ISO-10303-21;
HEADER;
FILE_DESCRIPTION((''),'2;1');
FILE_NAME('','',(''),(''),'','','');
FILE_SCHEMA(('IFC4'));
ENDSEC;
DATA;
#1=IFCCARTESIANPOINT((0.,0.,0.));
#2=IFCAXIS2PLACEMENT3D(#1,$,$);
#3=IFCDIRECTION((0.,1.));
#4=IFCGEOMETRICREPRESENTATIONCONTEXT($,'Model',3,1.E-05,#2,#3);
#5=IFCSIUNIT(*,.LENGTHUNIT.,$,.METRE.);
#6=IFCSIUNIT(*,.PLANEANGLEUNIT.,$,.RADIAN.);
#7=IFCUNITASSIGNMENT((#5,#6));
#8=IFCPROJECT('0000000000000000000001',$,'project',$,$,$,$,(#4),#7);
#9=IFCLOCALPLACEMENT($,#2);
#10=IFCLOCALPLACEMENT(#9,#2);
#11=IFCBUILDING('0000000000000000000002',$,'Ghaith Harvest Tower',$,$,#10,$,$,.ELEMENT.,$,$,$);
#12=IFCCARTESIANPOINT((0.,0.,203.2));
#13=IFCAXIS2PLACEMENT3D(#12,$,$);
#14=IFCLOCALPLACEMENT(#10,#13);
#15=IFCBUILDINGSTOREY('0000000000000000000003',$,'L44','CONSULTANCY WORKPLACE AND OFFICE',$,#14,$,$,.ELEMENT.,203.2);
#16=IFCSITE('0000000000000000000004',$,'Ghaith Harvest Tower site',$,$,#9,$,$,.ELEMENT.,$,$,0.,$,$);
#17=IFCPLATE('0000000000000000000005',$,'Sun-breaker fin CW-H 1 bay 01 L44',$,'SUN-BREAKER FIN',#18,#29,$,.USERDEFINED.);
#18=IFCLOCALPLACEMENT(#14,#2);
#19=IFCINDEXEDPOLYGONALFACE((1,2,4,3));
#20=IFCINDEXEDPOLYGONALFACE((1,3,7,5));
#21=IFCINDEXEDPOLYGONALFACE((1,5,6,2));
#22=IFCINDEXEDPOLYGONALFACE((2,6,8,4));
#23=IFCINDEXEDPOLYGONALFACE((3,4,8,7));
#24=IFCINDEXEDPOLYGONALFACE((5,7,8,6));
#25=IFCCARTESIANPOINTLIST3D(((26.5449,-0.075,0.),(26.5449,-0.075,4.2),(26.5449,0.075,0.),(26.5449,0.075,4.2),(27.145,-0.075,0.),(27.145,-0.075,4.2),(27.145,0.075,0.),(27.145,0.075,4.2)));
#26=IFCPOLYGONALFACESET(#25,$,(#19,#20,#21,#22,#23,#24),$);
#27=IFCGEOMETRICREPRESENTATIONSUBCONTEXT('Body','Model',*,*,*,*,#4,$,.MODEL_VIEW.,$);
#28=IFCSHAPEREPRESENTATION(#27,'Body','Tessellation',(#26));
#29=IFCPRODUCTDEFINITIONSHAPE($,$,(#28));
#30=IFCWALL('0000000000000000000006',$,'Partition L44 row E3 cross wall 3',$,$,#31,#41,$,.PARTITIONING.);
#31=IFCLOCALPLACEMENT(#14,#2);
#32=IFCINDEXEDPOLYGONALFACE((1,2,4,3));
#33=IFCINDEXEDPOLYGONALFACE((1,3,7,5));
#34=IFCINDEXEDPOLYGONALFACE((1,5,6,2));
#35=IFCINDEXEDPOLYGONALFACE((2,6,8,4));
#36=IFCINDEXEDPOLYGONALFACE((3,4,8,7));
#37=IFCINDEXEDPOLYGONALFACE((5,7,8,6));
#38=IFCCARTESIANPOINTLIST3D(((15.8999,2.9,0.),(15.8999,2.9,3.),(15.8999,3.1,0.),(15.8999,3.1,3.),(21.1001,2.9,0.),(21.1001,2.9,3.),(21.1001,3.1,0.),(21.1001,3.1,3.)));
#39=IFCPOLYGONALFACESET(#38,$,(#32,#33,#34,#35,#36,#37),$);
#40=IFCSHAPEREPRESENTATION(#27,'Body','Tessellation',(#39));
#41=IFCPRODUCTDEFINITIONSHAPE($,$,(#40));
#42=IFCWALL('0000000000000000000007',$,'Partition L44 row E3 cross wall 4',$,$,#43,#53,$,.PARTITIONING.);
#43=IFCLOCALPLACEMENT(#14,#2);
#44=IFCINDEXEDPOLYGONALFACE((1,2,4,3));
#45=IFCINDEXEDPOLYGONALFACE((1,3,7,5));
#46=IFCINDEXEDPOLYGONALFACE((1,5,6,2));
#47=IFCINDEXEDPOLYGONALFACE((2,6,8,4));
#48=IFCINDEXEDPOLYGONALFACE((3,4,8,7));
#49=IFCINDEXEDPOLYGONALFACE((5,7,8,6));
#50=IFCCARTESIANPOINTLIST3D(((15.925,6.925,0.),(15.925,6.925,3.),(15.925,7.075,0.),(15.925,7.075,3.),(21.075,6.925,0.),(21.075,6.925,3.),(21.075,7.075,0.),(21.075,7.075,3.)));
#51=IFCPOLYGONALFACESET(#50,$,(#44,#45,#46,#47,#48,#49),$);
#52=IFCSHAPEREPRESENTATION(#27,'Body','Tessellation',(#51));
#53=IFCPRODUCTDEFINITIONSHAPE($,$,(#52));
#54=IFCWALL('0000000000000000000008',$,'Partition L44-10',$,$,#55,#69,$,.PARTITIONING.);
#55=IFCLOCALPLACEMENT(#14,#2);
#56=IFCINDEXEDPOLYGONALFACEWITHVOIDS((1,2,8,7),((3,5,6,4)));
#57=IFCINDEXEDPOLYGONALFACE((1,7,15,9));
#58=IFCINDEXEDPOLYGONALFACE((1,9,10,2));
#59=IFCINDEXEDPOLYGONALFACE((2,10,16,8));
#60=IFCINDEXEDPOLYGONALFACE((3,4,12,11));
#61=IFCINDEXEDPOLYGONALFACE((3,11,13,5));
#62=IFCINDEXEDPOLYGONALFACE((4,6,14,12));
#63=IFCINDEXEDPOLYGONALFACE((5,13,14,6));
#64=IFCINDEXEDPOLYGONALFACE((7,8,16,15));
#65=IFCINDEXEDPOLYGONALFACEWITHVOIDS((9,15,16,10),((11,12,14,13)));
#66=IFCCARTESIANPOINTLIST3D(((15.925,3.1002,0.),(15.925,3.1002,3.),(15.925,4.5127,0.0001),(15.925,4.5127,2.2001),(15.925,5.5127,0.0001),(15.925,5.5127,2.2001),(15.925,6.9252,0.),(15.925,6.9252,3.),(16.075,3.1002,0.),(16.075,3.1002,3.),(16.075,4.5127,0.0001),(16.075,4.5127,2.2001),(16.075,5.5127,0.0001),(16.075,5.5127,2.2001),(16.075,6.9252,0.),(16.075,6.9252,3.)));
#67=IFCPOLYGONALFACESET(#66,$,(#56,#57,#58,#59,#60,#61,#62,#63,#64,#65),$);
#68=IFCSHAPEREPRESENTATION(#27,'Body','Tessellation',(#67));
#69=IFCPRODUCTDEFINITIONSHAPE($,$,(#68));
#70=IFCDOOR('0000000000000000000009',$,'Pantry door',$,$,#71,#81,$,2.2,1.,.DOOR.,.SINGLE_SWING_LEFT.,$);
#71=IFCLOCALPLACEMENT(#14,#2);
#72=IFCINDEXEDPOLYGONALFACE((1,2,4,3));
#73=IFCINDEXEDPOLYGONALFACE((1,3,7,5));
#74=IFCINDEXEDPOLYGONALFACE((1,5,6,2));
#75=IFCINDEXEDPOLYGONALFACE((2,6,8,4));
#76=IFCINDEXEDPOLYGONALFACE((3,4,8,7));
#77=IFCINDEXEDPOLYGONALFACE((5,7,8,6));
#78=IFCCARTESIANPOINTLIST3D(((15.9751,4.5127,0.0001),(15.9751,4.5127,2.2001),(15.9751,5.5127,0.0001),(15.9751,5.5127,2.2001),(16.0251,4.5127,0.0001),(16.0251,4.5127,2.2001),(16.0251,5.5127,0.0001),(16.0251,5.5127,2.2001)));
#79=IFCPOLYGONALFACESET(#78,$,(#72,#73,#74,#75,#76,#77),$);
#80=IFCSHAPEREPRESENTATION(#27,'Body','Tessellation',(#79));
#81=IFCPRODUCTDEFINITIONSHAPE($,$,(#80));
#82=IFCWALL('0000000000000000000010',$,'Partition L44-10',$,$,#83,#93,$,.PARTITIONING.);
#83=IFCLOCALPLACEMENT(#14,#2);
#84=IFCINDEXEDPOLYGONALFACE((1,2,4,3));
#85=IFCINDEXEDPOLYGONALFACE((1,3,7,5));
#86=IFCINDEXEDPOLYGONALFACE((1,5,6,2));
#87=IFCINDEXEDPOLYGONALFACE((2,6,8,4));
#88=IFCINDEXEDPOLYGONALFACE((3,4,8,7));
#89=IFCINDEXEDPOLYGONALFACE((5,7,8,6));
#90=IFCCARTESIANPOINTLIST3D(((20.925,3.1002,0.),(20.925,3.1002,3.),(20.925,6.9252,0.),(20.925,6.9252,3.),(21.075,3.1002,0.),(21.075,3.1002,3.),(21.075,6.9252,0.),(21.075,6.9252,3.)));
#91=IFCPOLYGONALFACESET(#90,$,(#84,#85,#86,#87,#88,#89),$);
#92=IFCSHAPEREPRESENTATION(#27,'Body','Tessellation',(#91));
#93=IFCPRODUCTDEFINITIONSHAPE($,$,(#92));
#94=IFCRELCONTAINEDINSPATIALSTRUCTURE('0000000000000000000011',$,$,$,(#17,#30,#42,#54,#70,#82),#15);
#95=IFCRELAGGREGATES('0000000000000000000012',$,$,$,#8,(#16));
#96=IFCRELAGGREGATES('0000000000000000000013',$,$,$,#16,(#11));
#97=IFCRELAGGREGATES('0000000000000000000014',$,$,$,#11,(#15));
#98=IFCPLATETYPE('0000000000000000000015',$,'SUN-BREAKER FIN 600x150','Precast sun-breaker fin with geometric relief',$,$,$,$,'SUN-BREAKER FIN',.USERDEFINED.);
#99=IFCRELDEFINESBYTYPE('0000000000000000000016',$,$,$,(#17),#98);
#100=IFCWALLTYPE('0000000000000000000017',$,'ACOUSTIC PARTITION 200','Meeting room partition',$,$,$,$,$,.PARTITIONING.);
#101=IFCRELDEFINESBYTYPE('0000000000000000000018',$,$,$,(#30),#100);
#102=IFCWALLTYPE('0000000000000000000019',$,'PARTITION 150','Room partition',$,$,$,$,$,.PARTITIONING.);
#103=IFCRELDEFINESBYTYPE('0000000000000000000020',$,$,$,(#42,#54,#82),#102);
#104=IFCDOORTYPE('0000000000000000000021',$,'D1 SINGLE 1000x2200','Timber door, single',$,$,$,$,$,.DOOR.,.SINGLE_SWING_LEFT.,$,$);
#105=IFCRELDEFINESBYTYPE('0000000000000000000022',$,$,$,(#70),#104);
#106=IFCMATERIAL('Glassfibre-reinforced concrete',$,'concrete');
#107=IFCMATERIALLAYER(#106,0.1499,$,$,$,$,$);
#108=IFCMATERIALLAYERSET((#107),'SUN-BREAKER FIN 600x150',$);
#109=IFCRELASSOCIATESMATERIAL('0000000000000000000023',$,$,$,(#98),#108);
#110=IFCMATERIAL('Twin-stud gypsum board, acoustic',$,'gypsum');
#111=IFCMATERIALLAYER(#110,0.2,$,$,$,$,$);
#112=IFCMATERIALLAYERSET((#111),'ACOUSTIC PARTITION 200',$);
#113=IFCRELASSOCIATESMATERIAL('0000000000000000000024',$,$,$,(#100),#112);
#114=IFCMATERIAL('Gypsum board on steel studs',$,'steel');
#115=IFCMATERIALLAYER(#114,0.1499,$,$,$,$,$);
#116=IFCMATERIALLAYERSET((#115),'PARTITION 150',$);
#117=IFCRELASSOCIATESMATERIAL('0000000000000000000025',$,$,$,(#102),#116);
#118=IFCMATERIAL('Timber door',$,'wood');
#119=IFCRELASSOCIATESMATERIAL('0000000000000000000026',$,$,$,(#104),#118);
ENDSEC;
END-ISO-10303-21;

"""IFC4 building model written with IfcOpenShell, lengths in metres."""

from ifc_helpers import new_model, si_unit, direction, frame, frame_2d, origin, origin_2d, place, context, subcontext, project, spatial, rectangle, extrude, material, layer, layer_set, type_object, element, fill, save


model = new_model("IFC4")

# Units and contexts
model_context = context("Model", 3, precision=1e-05, world=origin(), true_north=direction((0.0, 1.0)))
body_context = subcontext(model_context, "Body", "Model", "MODEL_VIEW")
ifc_project = project(units=[si_unit("LENGTHUNIT", "METRE"), si_unit("PLANEANGLEUNIT", "RADIAN")], contexts=[model_context])

# Site, building, storey
site_placement = place(None, origin())
site = spatial("IfcSite", under=ifc_project, at=site_placement, Name="Ghaith Harvest Tower site", CompositionType="ELEMENT", RefElevation=0.0)
building_placement = place(site_placement, origin())
building = spatial("IfcBuilding", under=site, at=building_placement, Name="Ghaith Harvest Tower", CompositionType="ELEMENT")
storey_placement = place(building_placement, frame((0.0, 0.0, 203.2)))
storey = spatial("IfcBuildingStorey", under=building, at=storey_placement, Name="L44", Description="CONSULTANCY WORKPLACE AND OFFICE", CompositionType="ELEMENT", Elevation=203.2)

# Plate
ifc_material_1 = material(Name="Glassfibre-reinforced concrete", Category="concrete")
ifc_layer_1 = layer(ifc_material_1, 0.1499)
ifc_layer_set_1 = layer_set([ifc_layer_1], Name="SUN-BREAKER FIN 600x150")
plate_type_1 = type_object("IfcPlateType", Name="SUN-BREAKER FIN 600x150", Description="Precast sun-breaker fin with geometric relief", ElementType="SUN-BREAKER FIN", PredefinedType="USERDEFINED", material=ifc_layer_set_1)
plate_1_placement = place(storey_placement, frame((26.845, 0.0, 0.0), z_axis=(0.0, 0.0, 1.0), x_axis=(1.0, 0.0, 0.0)))
element("IfcPlate", 1, at=plate_1_placement, inside=storey, type_object=plate_type_1, Name="Sun-breaker fin CW-H 1 bay 01 L44", ObjectType="SUN-BREAKER FIN", PredefinedType="USERDEFINED", context=body_context, shape_type="SweptSolid", body=[
    extrude(rectangle(XDim=0.6001, YDim=0.1499, at=origin_2d()), origin(), (0.0, 0.0, 1.0), 4.2),
])

# Walls
ifc_material_2 = material(Name="Twin-stud gypsum board, acoustic", Category="gypsum")
ifc_layer_2 = layer(ifc_material_2, 0.2)
ifc_layer_set_2 = layer_set([ifc_layer_2], Name="ACOUSTIC PARTITION 200")
wall_type_1 = type_object("IfcWallType", Name="ACOUSTIC PARTITION 200", Description="Meeting room partition", PredefinedType="PARTITIONING", material=ifc_layer_set_2)
wall_1_placement = place(storey_placement, frame((15.8999, 3.0, 0.0), z_axis=(0.0, 0.0, 1.0), x_axis=(1.0, 0.0, 0.0)))
element("IfcWall", 2, at=wall_1_placement, inside=storey, type_object=wall_type_1, Name="Partition L44 row E3 cross wall 3", PredefinedType="PARTITIONING", context=body_context, shape_type="SweptSolid", body=[
    extrude(rectangle(XDim=5.2002, YDim=0.2, at=frame_2d((2.6001, 0.0))), origin(), (0.0, 0.0, 1.0), 3.0),
])
ifc_material_3 = material(Name="Gypsum board on steel studs", Category="steel")
ifc_layer_3 = layer(ifc_material_3, 0.1499)
ifc_layer_set_3 = layer_set([ifc_layer_3], Name="PARTITION 150")
wall_type_2 = type_object("IfcWallType", Name="PARTITION 150", Description="Room partition", PredefinedType="PARTITIONING", material=ifc_layer_set_3)
wall_2_placement = place(storey_placement, frame((15.925, 7.0, 0.0), z_axis=(0.0, 0.0, 1.0), x_axis=(1.0, 0.0, 0.0)))
element("IfcWall", 3, at=wall_2_placement, inside=storey, type_object=wall_type_2, Name="Partition L44 row E3 cross wall 4", PredefinedType="PARTITIONING", context=body_context, shape_type="SweptSolid", body=[
    extrude(rectangle(XDim=5.1499, YDim=0.1499, at=frame_2d((2.575, 0.0))), origin(), (0.0, 0.0, 1.0), 3.0),
])

# Wall, opening, door
wall_3_placement = place(storey_placement, frame((16.0, 3.1001, 0.0), z_axis=(0.0, 0.0, 1.0), x_axis=(0.0, 1.0, 0.0)))
wall_3 = element("IfcWall", 4, at=wall_3_placement, inside=storey, type_object=wall_type_2, Name="Partition L44-10", PredefinedType="PARTITIONING", context=body_context, shape_type="SweptSolid", body=[
    extrude(rectangle(XDim=3.825, YDim=0.1499, at=frame_2d((1.9126, 0.0))), origin(), (0.0, 0.0, 1.0), 3.0),
])
opening_placement = place(wall_3_placement, frame((1.4126, 0.0, 0.0)))
opening = element("IfcOpeningElement", 5, at=opening_placement, cuts=wall_3, PredefinedType="OPENING", context=body_context, shape_type="SweptSolid", body=[
    extrude(rectangle(XDim=1.0, YDim=2.2, at=frame_2d((0.5, 1.1001))), frame((0.0, 0.085, 0.0), z_axis=(0.0, -1.0, 0.0), x_axis=(1.0, 0.0, 0.0)), (0.0, 0.0, 1.0), 0.1699),
])
ifc_material_4 = material(Name="Timber door", Category="wood")
door_type = type_object("IfcDoorType", Name="D1 SINGLE 1000x2200", Description="Timber door, single", OperationType="SINGLE_SWING_LEFT", PredefinedType="DOOR", material=ifc_material_4)
door_placement = place(opening_placement, origin())
door = element("IfcDoor", 6, at=door_placement, inside=storey, type_object=door_type, Name="Pantry door", OperationType="SINGLE_SWING_LEFT", OverallHeight=2.2, OverallWidth=1.0, PredefinedType="DOOR", context=body_context, shape_type="SweptSolid", body=[
    extrude(rectangle(XDim=1.0, YDim=2.2, at=frame_2d((0.5, 1.1001))), frame((0.0, 0.0249, 0.0), z_axis=(0.0, -1.0, 0.0), x_axis=(1.0, 0.0, 0.0)), (0.0, 0.0, 1.0), 0.05),
])
fill(opening, door)

# Wall
wall_4_placement = place(storey_placement, frame((21.0, 3.1001, 0.0), z_axis=(0.0, 0.0, 1.0), x_axis=(0.0, 1.0, 0.0)))
element("IfcWall", 7, at=wall_4_placement, inside=storey, type_object=wall_type_2, Name="Partition L44-10", PredefinedType="PARTITIONING", context=body_context, shape_type="SweptSolid", body=[
    extrude(rectangle(XDim=3.825, YDim=0.1499, at=frame_2d((1.9126, 0.0))), origin(), (0.0, 0.0, 1.0), 3.0),
])

save(model, "model.ifc")
